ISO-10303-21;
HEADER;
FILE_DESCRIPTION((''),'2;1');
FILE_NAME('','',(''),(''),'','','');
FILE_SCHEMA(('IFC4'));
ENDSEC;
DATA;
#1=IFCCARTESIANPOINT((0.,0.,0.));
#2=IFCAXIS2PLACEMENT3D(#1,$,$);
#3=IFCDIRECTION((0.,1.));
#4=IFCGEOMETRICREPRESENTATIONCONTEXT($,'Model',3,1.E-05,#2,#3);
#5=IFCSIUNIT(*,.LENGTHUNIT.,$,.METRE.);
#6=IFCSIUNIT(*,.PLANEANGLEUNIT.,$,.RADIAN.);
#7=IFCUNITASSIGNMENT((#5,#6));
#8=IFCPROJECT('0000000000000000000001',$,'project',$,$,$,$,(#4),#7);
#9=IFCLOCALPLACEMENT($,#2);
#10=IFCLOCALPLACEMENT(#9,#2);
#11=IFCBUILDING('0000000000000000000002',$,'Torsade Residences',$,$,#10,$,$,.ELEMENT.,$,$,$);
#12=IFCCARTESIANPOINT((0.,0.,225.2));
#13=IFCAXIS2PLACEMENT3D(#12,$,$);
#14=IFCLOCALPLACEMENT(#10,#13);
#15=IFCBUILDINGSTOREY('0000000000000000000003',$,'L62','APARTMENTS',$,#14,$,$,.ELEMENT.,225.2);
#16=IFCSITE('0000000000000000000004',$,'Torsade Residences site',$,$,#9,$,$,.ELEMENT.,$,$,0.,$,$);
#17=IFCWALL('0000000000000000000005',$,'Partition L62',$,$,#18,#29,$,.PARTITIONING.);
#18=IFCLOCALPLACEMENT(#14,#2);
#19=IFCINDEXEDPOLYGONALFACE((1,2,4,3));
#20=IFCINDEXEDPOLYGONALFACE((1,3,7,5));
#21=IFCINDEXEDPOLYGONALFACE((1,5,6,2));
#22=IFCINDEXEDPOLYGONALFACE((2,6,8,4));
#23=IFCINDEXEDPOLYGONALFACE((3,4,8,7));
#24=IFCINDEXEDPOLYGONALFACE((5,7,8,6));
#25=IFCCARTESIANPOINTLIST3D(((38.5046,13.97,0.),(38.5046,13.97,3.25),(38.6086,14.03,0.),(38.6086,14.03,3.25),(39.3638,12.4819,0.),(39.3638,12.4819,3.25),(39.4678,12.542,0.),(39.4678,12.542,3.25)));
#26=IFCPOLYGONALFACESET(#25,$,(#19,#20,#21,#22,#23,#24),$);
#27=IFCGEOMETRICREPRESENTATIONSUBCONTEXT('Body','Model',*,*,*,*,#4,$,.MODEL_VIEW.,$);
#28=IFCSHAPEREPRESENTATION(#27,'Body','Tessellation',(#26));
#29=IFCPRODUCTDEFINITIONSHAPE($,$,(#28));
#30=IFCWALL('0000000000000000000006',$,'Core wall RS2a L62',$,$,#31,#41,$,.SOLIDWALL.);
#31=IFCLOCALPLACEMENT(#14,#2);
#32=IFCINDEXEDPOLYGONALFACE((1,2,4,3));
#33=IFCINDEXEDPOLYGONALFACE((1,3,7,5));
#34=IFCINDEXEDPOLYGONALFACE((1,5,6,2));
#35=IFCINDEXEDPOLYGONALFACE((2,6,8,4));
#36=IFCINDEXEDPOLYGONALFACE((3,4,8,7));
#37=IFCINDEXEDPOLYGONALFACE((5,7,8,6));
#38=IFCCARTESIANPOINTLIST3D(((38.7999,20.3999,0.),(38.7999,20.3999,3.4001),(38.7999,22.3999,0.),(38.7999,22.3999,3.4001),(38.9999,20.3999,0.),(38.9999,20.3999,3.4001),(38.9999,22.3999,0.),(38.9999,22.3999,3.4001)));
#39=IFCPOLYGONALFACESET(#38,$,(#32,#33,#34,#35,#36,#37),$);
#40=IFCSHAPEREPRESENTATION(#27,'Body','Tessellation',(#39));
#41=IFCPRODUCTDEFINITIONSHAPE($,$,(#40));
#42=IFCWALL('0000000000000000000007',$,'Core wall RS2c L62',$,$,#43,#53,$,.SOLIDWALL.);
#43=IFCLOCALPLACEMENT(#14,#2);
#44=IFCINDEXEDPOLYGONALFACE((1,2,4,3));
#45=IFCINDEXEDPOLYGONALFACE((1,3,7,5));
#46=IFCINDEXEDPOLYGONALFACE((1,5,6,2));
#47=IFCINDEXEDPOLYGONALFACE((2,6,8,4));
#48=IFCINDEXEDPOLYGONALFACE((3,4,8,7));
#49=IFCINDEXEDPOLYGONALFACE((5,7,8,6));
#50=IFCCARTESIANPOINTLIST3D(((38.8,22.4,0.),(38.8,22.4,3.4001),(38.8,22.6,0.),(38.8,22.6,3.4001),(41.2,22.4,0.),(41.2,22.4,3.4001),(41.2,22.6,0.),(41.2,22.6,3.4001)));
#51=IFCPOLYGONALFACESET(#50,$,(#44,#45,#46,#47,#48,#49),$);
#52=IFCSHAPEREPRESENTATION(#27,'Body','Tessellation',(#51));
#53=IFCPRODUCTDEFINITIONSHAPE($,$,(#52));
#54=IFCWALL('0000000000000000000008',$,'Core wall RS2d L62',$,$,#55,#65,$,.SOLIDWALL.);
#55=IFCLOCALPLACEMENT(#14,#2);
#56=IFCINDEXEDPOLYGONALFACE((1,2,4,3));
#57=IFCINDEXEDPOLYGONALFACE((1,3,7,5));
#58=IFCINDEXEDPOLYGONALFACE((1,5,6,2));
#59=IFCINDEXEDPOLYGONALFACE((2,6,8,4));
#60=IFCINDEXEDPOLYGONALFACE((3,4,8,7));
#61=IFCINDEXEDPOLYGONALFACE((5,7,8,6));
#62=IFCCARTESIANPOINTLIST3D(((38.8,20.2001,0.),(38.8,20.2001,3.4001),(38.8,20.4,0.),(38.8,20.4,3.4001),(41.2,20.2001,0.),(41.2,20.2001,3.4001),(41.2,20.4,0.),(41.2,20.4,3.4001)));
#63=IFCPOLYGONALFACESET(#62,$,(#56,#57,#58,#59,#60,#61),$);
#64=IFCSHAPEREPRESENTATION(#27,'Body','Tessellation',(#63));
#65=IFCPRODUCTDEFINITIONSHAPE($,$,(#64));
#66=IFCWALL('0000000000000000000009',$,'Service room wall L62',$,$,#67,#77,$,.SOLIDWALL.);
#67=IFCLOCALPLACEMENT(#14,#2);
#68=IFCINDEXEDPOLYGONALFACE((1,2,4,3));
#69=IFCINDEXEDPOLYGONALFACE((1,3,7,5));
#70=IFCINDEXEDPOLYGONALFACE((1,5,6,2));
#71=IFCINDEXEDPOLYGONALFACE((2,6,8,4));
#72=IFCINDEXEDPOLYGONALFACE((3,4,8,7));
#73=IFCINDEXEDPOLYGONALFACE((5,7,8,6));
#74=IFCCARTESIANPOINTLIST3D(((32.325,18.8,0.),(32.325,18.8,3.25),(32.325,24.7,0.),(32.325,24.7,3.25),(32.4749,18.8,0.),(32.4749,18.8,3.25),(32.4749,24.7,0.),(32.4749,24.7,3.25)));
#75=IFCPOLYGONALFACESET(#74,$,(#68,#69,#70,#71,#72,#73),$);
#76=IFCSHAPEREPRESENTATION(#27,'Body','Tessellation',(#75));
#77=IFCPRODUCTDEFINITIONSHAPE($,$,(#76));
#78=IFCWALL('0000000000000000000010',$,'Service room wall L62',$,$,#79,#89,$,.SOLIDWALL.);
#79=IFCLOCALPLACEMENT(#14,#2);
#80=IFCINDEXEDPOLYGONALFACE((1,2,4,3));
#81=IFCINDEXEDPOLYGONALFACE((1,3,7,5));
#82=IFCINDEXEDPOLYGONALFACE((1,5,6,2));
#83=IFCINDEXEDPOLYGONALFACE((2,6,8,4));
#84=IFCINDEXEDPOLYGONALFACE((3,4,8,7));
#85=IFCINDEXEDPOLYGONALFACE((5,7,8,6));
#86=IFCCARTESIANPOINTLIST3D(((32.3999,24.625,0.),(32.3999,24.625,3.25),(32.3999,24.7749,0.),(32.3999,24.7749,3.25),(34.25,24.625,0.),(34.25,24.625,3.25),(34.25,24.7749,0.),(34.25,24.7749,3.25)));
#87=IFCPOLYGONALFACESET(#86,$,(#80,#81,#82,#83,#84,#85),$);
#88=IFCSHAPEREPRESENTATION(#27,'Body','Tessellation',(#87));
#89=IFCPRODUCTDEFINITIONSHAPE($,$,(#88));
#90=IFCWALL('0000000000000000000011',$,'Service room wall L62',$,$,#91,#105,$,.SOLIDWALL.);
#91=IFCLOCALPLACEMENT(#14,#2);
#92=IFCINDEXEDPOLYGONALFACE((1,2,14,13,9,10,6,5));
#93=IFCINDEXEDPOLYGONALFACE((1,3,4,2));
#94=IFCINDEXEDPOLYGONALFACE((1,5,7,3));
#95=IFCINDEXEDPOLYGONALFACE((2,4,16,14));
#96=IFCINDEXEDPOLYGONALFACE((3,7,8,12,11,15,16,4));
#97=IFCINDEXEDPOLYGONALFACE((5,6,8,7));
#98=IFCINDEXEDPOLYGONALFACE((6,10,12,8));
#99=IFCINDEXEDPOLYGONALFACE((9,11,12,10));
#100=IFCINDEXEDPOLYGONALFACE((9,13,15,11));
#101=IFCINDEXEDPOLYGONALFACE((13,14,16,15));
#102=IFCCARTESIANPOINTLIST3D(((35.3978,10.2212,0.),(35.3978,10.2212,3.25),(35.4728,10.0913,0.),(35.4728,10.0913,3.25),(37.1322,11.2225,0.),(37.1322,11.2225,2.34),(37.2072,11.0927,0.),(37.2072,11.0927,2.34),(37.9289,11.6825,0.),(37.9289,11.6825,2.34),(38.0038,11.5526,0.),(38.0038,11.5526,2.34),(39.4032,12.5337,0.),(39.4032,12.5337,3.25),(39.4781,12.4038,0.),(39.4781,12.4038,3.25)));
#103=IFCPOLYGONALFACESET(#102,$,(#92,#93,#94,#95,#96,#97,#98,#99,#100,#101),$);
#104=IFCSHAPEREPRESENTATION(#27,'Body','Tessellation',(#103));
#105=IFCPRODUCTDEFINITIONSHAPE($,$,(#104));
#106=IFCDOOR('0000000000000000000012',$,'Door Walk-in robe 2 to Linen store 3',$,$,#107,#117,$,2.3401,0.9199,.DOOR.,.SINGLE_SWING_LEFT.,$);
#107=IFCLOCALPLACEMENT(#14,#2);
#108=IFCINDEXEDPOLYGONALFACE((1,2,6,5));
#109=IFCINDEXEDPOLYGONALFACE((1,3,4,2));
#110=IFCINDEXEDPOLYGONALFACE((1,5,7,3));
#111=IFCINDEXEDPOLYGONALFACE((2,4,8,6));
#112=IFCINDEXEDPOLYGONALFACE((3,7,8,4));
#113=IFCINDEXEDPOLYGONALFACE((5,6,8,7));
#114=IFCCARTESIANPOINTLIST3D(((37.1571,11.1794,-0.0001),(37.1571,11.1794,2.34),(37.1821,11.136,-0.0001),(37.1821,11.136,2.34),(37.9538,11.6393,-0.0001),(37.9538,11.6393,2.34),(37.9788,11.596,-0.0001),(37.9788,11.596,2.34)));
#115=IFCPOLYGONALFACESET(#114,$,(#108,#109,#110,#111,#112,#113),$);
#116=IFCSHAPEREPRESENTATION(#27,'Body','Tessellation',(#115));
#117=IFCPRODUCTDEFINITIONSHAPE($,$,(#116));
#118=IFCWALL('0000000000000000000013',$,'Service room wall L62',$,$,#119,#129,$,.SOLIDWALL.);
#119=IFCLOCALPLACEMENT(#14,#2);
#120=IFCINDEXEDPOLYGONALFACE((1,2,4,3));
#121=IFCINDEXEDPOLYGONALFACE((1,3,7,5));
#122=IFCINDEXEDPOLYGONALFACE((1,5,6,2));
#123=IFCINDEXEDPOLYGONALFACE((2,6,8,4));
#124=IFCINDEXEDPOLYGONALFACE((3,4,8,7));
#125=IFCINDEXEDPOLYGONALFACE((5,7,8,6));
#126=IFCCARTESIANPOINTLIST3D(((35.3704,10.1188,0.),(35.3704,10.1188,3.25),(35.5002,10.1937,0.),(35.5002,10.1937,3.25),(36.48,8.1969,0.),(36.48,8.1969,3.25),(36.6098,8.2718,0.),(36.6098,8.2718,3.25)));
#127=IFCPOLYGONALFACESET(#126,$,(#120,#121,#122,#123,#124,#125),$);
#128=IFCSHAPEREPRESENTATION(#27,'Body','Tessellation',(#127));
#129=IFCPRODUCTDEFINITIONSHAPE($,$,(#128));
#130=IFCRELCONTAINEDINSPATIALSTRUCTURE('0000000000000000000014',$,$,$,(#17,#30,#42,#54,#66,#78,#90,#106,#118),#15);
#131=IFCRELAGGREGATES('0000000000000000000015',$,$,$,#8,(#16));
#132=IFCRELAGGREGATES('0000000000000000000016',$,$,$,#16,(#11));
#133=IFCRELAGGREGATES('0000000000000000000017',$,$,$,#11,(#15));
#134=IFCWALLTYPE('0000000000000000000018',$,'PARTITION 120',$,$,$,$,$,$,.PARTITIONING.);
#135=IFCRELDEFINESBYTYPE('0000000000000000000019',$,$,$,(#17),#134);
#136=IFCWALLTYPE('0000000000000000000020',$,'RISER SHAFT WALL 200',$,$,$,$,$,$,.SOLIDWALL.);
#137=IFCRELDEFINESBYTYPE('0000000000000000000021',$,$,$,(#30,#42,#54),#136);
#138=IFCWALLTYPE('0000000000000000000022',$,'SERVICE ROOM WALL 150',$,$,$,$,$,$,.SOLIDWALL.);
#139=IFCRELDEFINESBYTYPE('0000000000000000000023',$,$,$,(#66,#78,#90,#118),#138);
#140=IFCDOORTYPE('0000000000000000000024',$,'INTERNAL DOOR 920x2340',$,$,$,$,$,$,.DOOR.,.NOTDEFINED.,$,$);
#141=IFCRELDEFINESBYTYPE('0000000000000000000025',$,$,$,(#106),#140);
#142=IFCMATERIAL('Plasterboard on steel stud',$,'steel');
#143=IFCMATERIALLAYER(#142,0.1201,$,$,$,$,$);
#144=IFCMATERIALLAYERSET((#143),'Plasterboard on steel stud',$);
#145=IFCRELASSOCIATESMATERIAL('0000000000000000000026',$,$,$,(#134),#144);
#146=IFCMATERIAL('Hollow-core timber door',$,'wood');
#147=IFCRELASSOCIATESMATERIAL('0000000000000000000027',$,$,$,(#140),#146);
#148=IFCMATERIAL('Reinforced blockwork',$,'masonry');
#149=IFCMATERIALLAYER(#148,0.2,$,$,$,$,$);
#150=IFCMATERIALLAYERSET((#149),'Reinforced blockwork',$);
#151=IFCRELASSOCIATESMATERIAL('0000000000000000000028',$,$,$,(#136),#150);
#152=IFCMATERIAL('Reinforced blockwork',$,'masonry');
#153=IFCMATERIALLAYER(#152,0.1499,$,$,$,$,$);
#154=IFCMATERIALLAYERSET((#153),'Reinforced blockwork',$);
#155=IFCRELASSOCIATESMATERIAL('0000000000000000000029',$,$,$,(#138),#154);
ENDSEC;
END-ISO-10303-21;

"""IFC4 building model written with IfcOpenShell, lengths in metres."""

from ifc_helpers import new_model, si_unit, direction, frame, frame_2d, origin, place, context, subcontext, project, spatial, rectangle, extrude, material, layer, layer_set, type_object, element, fill, save


model = new_model("IFC4")

# Units and contexts
model_context = context("Model", 3, precision=1e-05, world=origin(), true_north=direction((0.0, 1.0)))
body_context = subcontext(model_context, "Body", "Model", "MODEL_VIEW")
ifc_project = project(units=[si_unit("LENGTHUNIT", "METRE"), si_unit("PLANEANGLEUNIT", "RADIAN")], contexts=[model_context])

# Site, building, storey
site_placement = place(None, origin())
site = spatial("IfcSite", under=ifc_project, at=site_placement, Name="Torsade Residences site", CompositionType="ELEMENT", RefElevation=0.0)
building_placement = place(site_placement, origin())
building = spatial("IfcBuilding", under=site, at=building_placement, Name="Torsade Residences", CompositionType="ELEMENT")
storey_placement = place(building_placement, frame((0.0, 0.0, 225.2)))
storey = spatial("IfcBuildingStorey", under=building, at=storey_placement, Name="L62", Description="APARTMENTS", CompositionType="ELEMENT", Elevation=225.2)

# Shared definitions
ifc_material_1 = material(Name="Plasterboard on steel stud", Category="steel")
ifc_layer_1 = layer(ifc_material_1, 0.1201)
ifc_layer_set_1 = layer_set([ifc_layer_1], Name="Plasterboard on steel stud")
wall_type_1 = type_object("IfcWallType", Name="PARTITION 120", PredefinedType="PARTITIONING", material=ifc_layer_set_1)
ifc_material_2 = material(Name="Hollow-core timber door", Category="wood")
door_type_1 = type_object("IfcDoorType", Name="INTERNAL DOOR 920x2340", OperationType="NOTDEFINED", PredefinedType="DOOR", material=ifc_material_2)

# Walls
wall_1_placement = place(storey_placement, frame((39.4158, 12.512, 0.0), z_axis=(0.0, 0.0, 1.0), x_axis=(-0.500005, 0.866022, 0.0)))
element("IfcWall", 1, at=wall_1_placement, inside=storey, type_object=wall_type_1, Name="Partition L62", PredefinedType="PARTITIONING", context=body_context, shape_type="SweptSolid", body=[
    extrude(rectangle(XDim=1.7183, YDim=0.1201, at=frame_2d((0.8591, 0.0))), origin(), (0.0, 0.0, 1.0), 3.25),
])
ifc_material_3 = material(Name="Reinforced blockwork", Category="masonry")
ifc_layer_2 = layer(ifc_material_3, 0.2)
ifc_layer_set_2 = layer_set([ifc_layer_2], Name="Reinforced blockwork")
wall_type_2 = type_object("IfcWallType", Name="RISER SHAFT WALL 200", PredefinedType="SOLIDWALL", material=ifc_layer_set_2)
wall_2_placement = place(storey_placement, frame((38.8999, 22.3999, 0.0), z_axis=(0.0, 0.0, 1.0), x_axis=(0.0, -1.0, 0.0)))
element("IfcWall", 2, at=wall_2_placement, inside=storey, type_object=wall_type_2, Name="Core wall RS2a L62", PredefinedType="SOLIDWALL", context=body_context, shape_type="SweptSolid", body=[
    extrude(rectangle(XDim=2.0, YDim=0.2, at=frame_2d((1.0, 0.0))), origin(), (0.0, 0.0, 1.0), 3.4001),
])
for number, where, z_axis, x_axis, name in (
    (3, (38.8, 22.5, 0.0), (0.0, 0.0, 1.0), (1.0, 0.0, 0.0), "Core wall RS2c L62"),
    (4, (38.8, 20.3, 0.0), (0.0, 0.0, 1.0), (1.0, 0.0, 0.0), "Core wall RS2d L62"),
):
    element("IfcWall", number, at=place(storey_placement, frame(where, z_axis=z_axis, x_axis=x_axis)), inside=storey, type_object=wall_type_2, Name=name, PredefinedType="SOLIDWALL", context=body_context, shape_type="SweptSolid", body=[
        extrude(rectangle(XDim=2.3999, YDim=0.2, at=frame_2d((1.2, 0.0))), origin(), (0.0, 0.0, 1.0), 3.4001),
    ])
ifc_material_4 = material(Name="Reinforced blockwork", Category="masonry")
ifc_layer_3 = layer(ifc_material_4, 0.1499)
ifc_layer_set_3 = layer_set([ifc_layer_3], Name="Reinforced blockwork")
wall_type_3 = type_object("IfcWallType", Name="SERVICE ROOM WALL 150", PredefinedType="SOLIDWALL", material=ifc_layer_set_3)
wall_3_placement = place(storey_placement, frame((32.3999, 18.8, 0.0), z_axis=(0.0, 0.0, 1.0), x_axis=(0.0, 1.0, 0.0)))
element("IfcWall", 5, at=wall_3_placement, inside=storey, type_object=wall_type_3, Name="Service room wall L62", PredefinedType="SOLIDWALL", context=body_context, shape_type="SweptSolid", body=[
    extrude(rectangle(XDim=5.8999, YDim=0.1499, at=frame_2d((2.95, 0.0))), origin(), (0.0, 0.0, 1.0), 3.25),
])
wall_4_placement = place(storey_placement, frame((32.3999, 24.7, 0.0), z_axis=(0.0, 0.0, 1.0), x_axis=(1.0, 0.0, 0.0)))
element("IfcWall", 6, at=wall_4_placement, inside=storey, type_object=wall_type_3, Name="Service room wall L62", PredefinedType="SOLIDWALL", context=body_context, shape_type="SweptSolid", body=[
    extrude(rectangle(XDim=1.8501, YDim=0.1499, at=frame_2d((0.925, 0.0))), origin(), (0.0, 0.0, 1.0), 3.25),
])

# Wall, opening, door
wall_5_placement = place(storey_placement, frame((39.4407, 12.4688, 0.0), z_axis=(0.0, 0.0, 1.0), x_axis=(-0.866026, -0.5, 0.0)))
wall_5 = element("IfcWall", 7, at=wall_5_placement, inside=storey, type_object=wall_type_3, Name="Service room wall L62", PredefinedType="SOLIDWALL", context=body_context, shape_type="SweptSolid", body=[
    extrude(rectangle(XDim=4.625, YDim=0.1499, at=frame_2d((2.3125, 0.0))), origin(), (0.0, 0.0, 1.0), 3.25),
])
opening_1_placement = place(wall_5_placement, frame((1.7024, 0.0, 0.0)))
opening_1 = element("IfcOpeningElement", 8, at=opening_1_placement, cuts=wall_5, PredefinedType="OPENING", context=body_context, shape_type="SweptSolid", body=[
    extrude(rectangle(XDim=0.9199, YDim=2.3401, at=frame_2d((0.46, 1.1699))), frame((0.0, 0.085, 0.0), z_axis=(0.0, -1.0, 0.0), x_axis=(1.0, 0.0, 0.0)), (0.0, 0.0, 1.0), 0.1699),
])
door_1_placement = place(opening_1_placement, origin())
door_1 = element("IfcDoor", 9, at=door_1_placement, inside=storey, type_object=door_type_1, Name="Door Walk-in robe 2 to Linen store 3", OperationType="SINGLE_SWING_LEFT", OverallHeight=2.3401, OverallWidth=0.9199, PredefinedType="DOOR", context=body_context, shape_type="SweptSolid", body=[
    extrude(rectangle(XDim=0.9199, YDim=2.3401, at=frame_2d((0.46, 1.1699))), frame((0.0, 0.0249, 0.0), z_axis=(0.0, -1.0, 0.0), x_axis=(1.0, 0.0, 0.0)), (0.0, 0.0, 1.0), 0.05),
])
fill(opening_1, door_1)

# Wall
wall_6_placement = place(storey_placement, frame((35.4353, 10.1562, 0.0), z_axis=(0.0, 0.0, 1.0), x_axis=(0.500008, -0.866021, 0.0)))
element("IfcWall", 10, at=wall_6_placement, inside=storey, type_object=wall_type_3, Name="Service room wall L62", PredefinedType="SOLIDWALL", context=body_context, shape_type="SweptSolid", body=[
    extrude(rectangle(XDim=2.2192, YDim=0.1499, at=frame_2d((1.1096, 0.0))), origin(), (0.0, 0.0, 1.0), 3.25),
])

save(model, "model.ifc")
